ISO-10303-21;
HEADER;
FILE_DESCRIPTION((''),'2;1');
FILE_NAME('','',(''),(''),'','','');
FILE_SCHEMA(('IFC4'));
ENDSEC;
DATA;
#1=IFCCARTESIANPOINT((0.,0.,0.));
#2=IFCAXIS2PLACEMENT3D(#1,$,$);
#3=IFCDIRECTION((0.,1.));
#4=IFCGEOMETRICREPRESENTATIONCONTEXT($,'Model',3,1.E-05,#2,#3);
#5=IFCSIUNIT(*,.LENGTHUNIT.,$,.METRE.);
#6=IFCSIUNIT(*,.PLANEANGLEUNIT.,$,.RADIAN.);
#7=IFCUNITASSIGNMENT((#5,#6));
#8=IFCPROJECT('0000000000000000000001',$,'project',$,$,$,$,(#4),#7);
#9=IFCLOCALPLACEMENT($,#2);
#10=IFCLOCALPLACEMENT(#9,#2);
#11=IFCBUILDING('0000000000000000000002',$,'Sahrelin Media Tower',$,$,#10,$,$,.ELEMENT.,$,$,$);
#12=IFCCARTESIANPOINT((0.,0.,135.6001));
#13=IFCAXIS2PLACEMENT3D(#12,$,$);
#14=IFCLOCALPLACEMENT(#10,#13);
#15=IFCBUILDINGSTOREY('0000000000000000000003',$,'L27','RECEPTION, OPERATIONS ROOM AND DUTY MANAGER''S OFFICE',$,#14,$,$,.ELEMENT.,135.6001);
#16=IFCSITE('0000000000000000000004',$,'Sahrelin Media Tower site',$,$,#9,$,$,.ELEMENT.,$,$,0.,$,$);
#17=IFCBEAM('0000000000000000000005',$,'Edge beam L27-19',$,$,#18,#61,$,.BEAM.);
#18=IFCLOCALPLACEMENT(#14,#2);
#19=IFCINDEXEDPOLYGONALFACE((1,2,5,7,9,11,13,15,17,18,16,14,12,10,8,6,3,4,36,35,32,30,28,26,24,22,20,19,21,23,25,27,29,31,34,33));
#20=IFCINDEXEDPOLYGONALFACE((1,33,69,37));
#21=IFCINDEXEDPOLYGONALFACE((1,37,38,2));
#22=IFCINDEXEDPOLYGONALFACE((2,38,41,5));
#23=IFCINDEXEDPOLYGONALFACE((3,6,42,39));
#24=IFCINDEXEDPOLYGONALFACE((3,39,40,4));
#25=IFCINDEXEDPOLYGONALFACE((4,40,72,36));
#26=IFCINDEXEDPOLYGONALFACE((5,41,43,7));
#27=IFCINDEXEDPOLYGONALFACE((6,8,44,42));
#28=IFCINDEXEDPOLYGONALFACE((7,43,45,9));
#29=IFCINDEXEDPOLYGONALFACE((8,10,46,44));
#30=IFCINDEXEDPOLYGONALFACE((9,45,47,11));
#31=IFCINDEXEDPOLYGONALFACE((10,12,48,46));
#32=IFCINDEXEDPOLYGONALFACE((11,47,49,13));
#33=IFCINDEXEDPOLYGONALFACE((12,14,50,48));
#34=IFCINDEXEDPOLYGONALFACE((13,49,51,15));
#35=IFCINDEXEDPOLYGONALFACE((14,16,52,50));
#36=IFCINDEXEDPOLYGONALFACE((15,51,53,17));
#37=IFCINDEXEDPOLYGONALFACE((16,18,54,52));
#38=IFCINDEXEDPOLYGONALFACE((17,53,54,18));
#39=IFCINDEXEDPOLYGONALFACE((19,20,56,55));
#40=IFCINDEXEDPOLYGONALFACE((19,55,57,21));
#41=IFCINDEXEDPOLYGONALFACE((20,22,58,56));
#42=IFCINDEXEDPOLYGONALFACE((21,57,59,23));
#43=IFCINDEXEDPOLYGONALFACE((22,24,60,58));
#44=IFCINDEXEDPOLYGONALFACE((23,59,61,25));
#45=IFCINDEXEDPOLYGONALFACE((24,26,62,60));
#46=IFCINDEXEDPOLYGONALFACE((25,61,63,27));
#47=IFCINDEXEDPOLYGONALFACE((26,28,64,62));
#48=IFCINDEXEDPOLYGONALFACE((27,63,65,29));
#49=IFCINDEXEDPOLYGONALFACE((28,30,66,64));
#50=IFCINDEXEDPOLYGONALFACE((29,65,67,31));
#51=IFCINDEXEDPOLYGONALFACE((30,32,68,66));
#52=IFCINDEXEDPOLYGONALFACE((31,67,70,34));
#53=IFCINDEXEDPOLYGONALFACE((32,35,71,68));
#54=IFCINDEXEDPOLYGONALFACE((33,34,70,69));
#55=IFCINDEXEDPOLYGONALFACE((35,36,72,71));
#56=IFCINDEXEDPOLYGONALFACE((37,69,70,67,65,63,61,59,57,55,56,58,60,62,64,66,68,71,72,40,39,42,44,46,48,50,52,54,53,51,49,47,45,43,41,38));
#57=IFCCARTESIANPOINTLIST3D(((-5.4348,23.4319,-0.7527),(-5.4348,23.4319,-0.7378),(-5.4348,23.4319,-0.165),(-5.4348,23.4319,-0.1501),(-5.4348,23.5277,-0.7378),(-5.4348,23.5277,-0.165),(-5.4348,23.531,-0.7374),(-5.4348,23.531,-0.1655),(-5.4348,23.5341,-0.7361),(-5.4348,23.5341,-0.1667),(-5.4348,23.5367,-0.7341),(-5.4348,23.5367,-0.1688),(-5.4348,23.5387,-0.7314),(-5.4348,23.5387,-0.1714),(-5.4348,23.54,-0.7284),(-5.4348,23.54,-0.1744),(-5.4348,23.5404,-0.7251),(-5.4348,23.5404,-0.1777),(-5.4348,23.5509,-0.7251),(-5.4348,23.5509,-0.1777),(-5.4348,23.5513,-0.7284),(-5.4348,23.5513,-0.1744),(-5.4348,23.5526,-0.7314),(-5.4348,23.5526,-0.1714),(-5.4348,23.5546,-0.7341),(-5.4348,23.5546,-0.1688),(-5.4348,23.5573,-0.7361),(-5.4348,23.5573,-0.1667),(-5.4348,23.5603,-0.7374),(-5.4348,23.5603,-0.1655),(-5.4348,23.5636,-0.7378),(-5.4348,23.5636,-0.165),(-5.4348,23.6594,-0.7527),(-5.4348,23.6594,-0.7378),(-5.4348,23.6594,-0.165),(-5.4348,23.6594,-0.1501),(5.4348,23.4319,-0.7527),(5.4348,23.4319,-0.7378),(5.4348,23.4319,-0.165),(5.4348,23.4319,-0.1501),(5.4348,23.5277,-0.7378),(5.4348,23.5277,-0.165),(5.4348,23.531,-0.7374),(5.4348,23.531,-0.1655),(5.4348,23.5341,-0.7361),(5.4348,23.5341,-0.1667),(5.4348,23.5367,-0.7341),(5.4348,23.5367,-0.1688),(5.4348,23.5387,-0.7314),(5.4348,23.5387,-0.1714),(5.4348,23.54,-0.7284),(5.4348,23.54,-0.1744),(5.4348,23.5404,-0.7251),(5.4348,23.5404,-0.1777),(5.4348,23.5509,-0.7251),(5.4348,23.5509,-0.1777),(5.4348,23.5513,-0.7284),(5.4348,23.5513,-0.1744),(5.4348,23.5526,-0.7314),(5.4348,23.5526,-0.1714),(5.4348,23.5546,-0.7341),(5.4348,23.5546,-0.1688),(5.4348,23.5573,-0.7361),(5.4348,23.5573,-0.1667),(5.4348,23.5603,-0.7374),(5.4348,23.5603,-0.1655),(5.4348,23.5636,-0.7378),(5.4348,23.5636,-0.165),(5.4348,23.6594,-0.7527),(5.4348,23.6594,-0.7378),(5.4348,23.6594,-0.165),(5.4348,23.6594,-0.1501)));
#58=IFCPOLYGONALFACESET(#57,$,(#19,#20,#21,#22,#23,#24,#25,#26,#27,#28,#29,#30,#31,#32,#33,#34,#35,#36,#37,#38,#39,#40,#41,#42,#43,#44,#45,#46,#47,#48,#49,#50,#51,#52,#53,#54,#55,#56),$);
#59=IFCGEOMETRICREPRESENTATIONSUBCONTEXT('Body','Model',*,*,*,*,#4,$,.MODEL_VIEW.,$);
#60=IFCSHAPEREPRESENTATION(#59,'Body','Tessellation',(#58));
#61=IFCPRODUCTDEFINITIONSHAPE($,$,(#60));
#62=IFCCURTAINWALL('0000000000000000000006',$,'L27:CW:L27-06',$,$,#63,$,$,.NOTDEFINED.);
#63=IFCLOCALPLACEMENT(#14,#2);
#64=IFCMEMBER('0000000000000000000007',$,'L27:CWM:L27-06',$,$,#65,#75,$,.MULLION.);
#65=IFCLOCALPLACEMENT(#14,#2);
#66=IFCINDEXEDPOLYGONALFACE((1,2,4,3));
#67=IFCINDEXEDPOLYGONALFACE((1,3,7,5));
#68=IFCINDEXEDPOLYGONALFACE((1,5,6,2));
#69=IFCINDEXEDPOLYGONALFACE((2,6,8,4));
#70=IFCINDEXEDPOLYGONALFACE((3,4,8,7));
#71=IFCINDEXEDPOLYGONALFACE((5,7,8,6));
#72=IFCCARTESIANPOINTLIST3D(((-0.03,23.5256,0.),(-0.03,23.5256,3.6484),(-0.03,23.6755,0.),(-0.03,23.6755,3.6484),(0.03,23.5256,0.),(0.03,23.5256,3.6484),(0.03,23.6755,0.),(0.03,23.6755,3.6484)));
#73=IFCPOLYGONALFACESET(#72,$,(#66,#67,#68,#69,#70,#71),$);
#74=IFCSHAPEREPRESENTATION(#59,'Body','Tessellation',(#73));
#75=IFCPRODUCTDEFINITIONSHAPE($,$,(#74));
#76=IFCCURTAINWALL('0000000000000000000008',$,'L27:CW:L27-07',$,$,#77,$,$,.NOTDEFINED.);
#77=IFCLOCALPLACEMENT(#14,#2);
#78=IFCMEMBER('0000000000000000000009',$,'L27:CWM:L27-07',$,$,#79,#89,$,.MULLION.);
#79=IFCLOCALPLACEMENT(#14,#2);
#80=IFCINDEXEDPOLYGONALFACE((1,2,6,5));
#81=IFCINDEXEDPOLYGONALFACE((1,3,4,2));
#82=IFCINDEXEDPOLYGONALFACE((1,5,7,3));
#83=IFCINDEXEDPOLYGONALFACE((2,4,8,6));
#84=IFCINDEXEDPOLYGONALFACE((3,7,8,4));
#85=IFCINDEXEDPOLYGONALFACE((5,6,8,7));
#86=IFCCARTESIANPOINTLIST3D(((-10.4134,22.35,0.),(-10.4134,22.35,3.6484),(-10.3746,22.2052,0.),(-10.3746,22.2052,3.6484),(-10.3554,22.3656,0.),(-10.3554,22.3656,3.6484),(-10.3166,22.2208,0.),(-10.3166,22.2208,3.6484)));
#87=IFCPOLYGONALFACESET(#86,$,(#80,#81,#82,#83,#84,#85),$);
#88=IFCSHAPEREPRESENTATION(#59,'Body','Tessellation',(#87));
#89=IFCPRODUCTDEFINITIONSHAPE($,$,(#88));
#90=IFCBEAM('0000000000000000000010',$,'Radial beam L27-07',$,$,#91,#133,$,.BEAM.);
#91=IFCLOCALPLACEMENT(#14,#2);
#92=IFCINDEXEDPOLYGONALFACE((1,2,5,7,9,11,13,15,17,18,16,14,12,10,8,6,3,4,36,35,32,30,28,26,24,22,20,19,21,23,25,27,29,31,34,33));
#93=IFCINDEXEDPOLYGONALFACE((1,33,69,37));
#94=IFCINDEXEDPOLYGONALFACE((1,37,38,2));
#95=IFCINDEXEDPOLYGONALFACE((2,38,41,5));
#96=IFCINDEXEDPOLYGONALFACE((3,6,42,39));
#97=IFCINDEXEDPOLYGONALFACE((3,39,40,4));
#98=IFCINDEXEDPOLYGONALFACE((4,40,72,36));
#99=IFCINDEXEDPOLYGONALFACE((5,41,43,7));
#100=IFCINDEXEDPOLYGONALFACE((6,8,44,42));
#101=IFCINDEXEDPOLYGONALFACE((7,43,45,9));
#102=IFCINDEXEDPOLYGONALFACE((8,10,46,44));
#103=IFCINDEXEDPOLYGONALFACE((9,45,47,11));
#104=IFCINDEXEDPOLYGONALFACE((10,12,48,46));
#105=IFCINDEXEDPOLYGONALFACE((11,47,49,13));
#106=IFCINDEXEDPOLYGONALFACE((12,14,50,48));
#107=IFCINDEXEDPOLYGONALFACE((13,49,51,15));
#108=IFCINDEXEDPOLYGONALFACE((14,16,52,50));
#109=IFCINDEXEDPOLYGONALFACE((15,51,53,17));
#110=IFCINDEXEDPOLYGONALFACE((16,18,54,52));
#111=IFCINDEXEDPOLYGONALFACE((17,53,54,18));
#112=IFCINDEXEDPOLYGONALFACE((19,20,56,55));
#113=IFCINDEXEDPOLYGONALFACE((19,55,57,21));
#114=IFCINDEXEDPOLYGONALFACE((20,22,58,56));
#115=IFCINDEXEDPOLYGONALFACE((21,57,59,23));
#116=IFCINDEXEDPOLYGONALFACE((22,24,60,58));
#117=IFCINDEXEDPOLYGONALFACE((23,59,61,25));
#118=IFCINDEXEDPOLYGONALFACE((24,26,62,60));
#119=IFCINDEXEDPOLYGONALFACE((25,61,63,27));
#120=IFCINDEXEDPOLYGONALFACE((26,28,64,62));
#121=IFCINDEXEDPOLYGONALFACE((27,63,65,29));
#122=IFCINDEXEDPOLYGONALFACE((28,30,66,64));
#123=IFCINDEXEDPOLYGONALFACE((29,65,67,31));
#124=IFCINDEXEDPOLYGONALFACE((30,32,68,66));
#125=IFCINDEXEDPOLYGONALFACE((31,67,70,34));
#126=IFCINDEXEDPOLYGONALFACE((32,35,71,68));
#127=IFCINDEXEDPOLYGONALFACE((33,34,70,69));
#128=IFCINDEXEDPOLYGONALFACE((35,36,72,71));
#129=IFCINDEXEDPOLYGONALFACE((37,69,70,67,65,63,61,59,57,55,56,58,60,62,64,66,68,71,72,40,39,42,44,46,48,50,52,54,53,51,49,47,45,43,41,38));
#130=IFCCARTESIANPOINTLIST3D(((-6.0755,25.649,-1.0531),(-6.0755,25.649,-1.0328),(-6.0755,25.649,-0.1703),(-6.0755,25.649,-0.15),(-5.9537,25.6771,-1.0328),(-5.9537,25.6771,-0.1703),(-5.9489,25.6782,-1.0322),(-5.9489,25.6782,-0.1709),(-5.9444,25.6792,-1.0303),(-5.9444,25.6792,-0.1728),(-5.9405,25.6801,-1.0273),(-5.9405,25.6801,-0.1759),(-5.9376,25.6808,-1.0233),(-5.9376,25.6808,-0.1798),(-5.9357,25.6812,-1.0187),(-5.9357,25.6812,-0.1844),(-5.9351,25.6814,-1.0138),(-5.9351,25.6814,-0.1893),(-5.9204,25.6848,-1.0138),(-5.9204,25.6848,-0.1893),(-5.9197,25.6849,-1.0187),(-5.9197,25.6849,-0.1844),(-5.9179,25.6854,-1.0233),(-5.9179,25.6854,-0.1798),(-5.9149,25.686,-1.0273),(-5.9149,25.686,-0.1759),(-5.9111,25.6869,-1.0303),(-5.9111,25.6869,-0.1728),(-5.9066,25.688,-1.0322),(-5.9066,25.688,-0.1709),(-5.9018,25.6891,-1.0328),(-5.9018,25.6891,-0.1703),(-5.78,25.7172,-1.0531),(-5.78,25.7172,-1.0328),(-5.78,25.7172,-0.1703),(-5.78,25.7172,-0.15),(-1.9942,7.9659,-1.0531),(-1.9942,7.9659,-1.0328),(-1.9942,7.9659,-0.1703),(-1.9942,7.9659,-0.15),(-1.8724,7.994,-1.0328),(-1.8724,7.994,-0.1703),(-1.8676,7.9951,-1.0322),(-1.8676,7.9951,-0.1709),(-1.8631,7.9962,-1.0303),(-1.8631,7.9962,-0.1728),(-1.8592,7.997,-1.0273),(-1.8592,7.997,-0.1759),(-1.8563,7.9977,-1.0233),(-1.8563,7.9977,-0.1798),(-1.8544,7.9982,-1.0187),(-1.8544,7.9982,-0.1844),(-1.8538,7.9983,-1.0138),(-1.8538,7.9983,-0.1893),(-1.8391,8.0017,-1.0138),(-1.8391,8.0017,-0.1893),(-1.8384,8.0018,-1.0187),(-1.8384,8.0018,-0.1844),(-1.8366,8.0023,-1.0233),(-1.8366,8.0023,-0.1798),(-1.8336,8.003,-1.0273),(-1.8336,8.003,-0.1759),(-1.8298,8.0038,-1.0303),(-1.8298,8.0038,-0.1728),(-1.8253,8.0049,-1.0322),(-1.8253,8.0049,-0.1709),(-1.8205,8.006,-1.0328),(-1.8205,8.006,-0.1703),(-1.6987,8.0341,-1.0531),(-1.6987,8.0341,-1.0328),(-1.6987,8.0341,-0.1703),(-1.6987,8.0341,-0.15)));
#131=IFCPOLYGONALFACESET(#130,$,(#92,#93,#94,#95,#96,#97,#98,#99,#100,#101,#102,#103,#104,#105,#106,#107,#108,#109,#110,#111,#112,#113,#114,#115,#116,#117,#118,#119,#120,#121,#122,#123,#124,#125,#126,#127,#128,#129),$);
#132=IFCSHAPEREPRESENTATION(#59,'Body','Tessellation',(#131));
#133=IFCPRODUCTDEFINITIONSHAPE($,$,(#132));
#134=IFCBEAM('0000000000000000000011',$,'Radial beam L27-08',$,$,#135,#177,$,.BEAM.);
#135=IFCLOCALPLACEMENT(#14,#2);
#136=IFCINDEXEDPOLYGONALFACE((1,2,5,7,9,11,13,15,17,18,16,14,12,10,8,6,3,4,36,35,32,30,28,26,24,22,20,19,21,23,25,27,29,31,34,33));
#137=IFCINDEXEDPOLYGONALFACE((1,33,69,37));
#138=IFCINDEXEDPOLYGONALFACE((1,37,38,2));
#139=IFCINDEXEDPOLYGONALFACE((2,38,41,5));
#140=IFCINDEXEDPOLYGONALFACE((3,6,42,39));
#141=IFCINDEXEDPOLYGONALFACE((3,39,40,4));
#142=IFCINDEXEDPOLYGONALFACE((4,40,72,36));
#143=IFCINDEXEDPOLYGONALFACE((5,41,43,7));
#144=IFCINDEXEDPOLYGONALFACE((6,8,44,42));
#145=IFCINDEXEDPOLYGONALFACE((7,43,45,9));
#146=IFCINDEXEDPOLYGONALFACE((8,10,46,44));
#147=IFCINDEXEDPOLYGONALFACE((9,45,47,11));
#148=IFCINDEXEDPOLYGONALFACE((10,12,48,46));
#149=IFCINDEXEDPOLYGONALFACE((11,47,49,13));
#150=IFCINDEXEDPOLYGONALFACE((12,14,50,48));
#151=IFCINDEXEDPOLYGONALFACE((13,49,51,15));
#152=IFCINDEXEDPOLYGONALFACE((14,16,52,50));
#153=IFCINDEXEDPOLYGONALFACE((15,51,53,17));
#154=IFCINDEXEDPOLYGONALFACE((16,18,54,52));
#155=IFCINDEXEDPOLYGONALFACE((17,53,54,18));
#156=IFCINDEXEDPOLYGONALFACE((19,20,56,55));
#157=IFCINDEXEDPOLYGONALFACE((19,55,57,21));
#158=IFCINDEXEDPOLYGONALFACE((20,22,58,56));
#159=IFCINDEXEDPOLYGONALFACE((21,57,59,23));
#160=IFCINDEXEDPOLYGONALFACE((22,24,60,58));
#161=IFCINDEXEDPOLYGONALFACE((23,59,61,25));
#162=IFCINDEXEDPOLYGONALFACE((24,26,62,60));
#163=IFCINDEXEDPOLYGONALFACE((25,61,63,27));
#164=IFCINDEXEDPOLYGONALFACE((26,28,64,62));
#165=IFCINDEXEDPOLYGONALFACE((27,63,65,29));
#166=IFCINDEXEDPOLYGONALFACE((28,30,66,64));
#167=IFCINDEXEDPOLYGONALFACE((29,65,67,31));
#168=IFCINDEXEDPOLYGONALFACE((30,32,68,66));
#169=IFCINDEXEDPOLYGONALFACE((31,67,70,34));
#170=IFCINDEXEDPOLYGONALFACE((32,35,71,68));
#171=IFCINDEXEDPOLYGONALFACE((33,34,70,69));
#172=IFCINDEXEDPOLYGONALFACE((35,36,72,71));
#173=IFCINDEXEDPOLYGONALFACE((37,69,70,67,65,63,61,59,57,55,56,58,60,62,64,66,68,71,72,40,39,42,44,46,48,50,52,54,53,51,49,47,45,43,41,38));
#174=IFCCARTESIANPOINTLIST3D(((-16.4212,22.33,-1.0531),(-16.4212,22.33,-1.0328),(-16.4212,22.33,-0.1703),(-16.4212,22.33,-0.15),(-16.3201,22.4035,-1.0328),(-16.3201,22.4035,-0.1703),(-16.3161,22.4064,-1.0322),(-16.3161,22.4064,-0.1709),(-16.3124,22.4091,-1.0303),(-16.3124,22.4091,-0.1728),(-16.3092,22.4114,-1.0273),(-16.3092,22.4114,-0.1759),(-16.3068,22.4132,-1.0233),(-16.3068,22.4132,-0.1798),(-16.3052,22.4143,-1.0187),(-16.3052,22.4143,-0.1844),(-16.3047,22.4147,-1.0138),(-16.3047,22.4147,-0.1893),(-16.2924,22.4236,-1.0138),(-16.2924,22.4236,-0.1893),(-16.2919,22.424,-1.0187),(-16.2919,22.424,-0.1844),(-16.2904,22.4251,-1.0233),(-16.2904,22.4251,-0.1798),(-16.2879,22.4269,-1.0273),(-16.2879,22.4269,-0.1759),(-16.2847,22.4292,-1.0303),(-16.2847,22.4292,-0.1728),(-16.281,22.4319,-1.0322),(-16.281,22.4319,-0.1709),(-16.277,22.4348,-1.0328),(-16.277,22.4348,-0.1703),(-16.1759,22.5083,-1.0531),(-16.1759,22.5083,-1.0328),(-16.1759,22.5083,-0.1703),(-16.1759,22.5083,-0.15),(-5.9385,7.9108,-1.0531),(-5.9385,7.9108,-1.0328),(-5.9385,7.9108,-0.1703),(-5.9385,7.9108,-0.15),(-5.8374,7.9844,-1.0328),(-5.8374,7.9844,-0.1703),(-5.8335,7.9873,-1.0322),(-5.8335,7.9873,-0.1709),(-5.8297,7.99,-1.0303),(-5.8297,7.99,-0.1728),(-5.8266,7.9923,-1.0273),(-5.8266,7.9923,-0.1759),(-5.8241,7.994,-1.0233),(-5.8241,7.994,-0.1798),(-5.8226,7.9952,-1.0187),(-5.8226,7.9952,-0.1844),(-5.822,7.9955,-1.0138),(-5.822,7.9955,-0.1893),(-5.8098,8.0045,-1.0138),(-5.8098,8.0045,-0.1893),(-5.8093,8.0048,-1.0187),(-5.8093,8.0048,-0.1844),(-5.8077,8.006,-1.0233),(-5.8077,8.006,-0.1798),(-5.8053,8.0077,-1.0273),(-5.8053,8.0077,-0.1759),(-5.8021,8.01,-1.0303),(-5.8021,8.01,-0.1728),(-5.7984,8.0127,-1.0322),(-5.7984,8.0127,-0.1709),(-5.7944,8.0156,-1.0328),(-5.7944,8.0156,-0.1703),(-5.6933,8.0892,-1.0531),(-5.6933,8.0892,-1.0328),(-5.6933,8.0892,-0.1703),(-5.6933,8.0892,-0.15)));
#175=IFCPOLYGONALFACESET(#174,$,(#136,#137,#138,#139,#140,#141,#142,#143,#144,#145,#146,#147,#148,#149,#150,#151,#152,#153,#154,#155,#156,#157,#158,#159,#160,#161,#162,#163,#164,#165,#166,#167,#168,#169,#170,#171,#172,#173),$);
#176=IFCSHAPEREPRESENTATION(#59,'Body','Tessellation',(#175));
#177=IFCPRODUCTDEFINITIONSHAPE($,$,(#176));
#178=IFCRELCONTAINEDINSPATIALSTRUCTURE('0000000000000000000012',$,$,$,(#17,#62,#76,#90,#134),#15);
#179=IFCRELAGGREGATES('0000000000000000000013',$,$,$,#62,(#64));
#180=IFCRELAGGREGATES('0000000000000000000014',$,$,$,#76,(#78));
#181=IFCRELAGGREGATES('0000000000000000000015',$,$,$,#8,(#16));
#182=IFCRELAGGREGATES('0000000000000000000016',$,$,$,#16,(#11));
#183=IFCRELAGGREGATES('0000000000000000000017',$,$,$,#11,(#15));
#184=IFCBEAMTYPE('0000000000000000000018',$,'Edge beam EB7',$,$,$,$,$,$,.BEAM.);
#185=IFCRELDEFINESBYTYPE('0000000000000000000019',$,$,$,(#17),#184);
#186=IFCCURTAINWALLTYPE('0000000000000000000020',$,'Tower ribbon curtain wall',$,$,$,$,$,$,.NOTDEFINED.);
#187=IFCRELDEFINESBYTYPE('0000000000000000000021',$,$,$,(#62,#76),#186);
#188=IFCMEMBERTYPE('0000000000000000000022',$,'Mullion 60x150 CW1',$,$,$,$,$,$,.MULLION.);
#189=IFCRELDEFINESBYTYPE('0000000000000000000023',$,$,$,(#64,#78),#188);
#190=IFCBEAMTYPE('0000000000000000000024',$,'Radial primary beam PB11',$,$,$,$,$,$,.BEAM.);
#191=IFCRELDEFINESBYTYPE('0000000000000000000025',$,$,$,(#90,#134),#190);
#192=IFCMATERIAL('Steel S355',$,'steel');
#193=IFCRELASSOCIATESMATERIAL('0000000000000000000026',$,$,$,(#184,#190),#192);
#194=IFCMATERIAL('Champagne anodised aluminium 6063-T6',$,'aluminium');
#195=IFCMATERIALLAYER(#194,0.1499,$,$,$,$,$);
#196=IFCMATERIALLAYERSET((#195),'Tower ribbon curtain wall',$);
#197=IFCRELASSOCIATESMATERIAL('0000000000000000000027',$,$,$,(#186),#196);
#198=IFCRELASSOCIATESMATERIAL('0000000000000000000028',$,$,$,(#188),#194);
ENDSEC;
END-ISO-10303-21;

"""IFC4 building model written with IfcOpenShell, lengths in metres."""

from ifc_helpers import new_model, si_unit, direction, frame, origin, origin_2d, place, context, subcontext, project, spatial, rectangle, i_section, extrude, material, layer, layer_set, material_profile, profile_set, type_object, element, aggregate, save


model = new_model("IFC4")

# Units and contexts
model_context = context("Model", 3, precision=1e-05, world=origin(), true_north=direction((0.0, 1.0)))
body_context = subcontext(model_context, "Body", "Model", "MODEL_VIEW")
ifc_project = project(units=[si_unit("LENGTHUNIT", "METRE"), si_unit("PLANEANGLEUNIT", "RADIAN")], contexts=[model_context])

# Site, building, storey
site_placement = place(None, origin())
site = spatial("IfcSite", under=ifc_project, at=site_placement, Name="Sahrelin Media Tower site", CompositionType="ELEMENT", RefElevation=0.0)
building_placement = place(site_placement, origin())
building = spatial("IfcBuilding", under=site, at=building_placement, Name="Sahrelin Media Tower", CompositionType="ELEMENT")
storey_placement = place(building_placement, frame((0.0, 0.0, 135.6001)))
storey = spatial("IfcBuildingStorey", under=building, at=storey_placement, Name="L27", Description="RECEPTION, OPERATIONS ROOM AND DUTY MANAGER'S OFFICE", CompositionType="ELEMENT", Elevation=135.6001)

# Beam
ifc_material_1 = material(Name="Steel S355", Category="steel")
ifc_material_profile_1 = material_profile(ifc_material_1, i_section(OverallWidth=0.2275, OverallDepth=0.6025, WebThickness=0.0105, FlangeThickness=0.0149, FilletRadius=0.0127, at=origin_2d()), Name="UB 610x229x101")
ifc_profile_set_1 = profile_set([ifc_material_profile_1], Name="Steel S355")
beam_type_1 = type_object("IfcBeamType", Name="Edge beam EB7", PredefinedType="BEAM", material=ifc_profile_set_1)
beam_1_placement = place(storey_placement, frame((-5.4348, 23.5457, -0.4514), z_axis=(1.0, 0.0, 0.0), x_axis=(0.0, 1.0, 0.0)))
element("IfcBeam", 1, at=beam_1_placement, inside=storey, type_object=beam_type_1, Name="Edge beam L27-19", PredefinedType="BEAM", context=body_context, shape_type="SweptSolid", body=[
    extrude(i_section(OverallWidth=0.2275, OverallDepth=0.6025, WebThickness=0.0105, FlangeThickness=0.0149, FilletRadius=0.0127, at=origin_2d()), origin(), (0.0, 0.0, 1.0), 10.8696),
])

# Curtain walls, members
ifc_material_2 = material(Name="Champagne anodised aluminium 6063-T6", Category="aluminium")
ifc_layer_1 = layer(ifc_material_2, 0.1499)
ifc_layer_set_1 = layer_set([ifc_layer_1], Name="Tower ribbon curtain wall")
curtain_wall_type = type_object("IfcCurtainWallType", Name="Tower ribbon curtain wall", PredefinedType="NOTDEFINED", material=ifc_layer_set_1)
placement_1 = place(storey_placement, frame((0.0, 23.6958, 0.0), z_axis=(0.0, 0.0, 1.0), x_axis=(1.0, 0.0, 0.0)))
curtain_wall_1 = element("IfcCurtainWall", 2, at=placement_1, inside=storey, type_object=curtain_wall_type, Name="L27:CW:L27-06", PredefinedType="NOTDEFINED")
ifc_material_profile_2 = material_profile(ifc_material_2, rectangle(XDim=0.0601, YDim=0.1499, at=origin_2d()), Name="Mullion 60x150")
ifc_profile_set_2 = profile_set([ifc_material_profile_2], Name="Champagne anodised aluminium 6063-T6")
member_type_1 = type_object("IfcMemberType", Name="Mullion 60x150 CW1", PredefinedType="MULLION", material=ifc_profile_set_2)
member_1_placement = place(storey_placement, frame((0.0, 23.6006, 0.0), z_axis=(0.0, 0.0, 1.0), x_axis=(-1.0, 0.0, 0.0)))
member_1 = element("IfcMember", 3, at=member_1_placement, type_object=member_type_1, Name="L27:CWM:L27-06", PredefinedType="MULLION", context=body_context, shape_type="SweptSolid", body=[
    extrude(rectangle(XDim=0.0601, YDim=0.1499, at=origin_2d()), origin(), (0.0, 0.0, 1.0), 3.6484),
])
aggregate(curtain_wall_1, [member_1])
curtain_wall_2_placement = place(storey_placement, frame((-10.3894, 22.3772, 0.0), z_axis=(0.0, 0.0, 1.0), x_axis=(1.0, 0.0, 0.0)))
curtain_wall_2 = element("IfcCurtainWall", 4, at=curtain_wall_2_placement, inside=storey, type_object=curtain_wall_type, Name="L27:CW:L27-07", PredefinedType="NOTDEFINED")
member_2_placement = place(storey_placement, frame((-10.365, 22.2854, 0.0), z_axis=(0.0, 0.0, 1.0), x_axis=(-0.965926, -0.258819, 0.0)))
member_2 = element("IfcMember", 5, at=member_2_placement, type_object=member_type_1, Name="L27:CWM:L27-07", PredefinedType="MULLION", context=body_context, shape_type="SweptSolid", body=[
    extrude(rectangle(XDim=0.0601, YDim=0.1499, at=origin_2d()), origin(), (0.0, 0.0, 1.0), 3.6484),
])

# Beams
ifc_material_profile_3 = material_profile(ifc_material_1, i_section(OverallWidth=0.3032, OverallDepth=0.9031, WebThickness=0.0151, FlangeThickness=0.0203, FilletRadius=0.019, at=origin_2d()), Name="UB 914x305x201")
ifc_profile_set_3 = profile_set([ifc_material_profile_3], Name="Steel S355")
beam_type_2 = type_object("IfcBeamType", Name="Radial primary beam PB11", PredefinedType="BEAM", material=ifc_profile_set_3)
beam_2_placement = place(storey_placement, frame((-1.8464, 8.0, -0.6016), z_axis=(-0.22489, 0.974384, 0.0), x_axis=(-0.974384, -0.22489, 0.0)))
element("IfcBeam", 6, at=beam_2_placement, inside=storey, type_object=beam_type_2, Name="Radial beam L27-07", PredefinedType="BEAM", context=body_context, shape_type="SweptSolid", body=[
    extrude(i_section(OverallWidth=0.3032, OverallDepth=0.9031, WebThickness=0.0151, FlangeThickness=0.0203, FilletRadius=0.019, at=origin_2d()), origin(), (0.0, 0.0, 1.0), 18.1479),
])
beam_3_placement = place(storey_placement, frame((-5.8159, 8.0, -0.6016), z_axis=(-0.588024, 0.808843, 0.0), x_axis=(-0.808843, -0.588024, 0.0)))
element("IfcBeam", 7, at=beam_3_placement, inside=storey, type_object=beam_type_2, Name="Radial beam L27-08", PredefinedType="BEAM", context=body_context, shape_type="SweptSolid", body=[
    extrude(i_section(OverallWidth=0.3032, OverallDepth=0.9031, WebThickness=0.0151, FlangeThickness=0.0203, FilletRadius=0.019, at=origin_2d()), origin(), (0.0, 0.0, 1.0), 17.8269),
])

aggregate(curtain_wall_2, [member_2])

save(model, "model.ifc")
